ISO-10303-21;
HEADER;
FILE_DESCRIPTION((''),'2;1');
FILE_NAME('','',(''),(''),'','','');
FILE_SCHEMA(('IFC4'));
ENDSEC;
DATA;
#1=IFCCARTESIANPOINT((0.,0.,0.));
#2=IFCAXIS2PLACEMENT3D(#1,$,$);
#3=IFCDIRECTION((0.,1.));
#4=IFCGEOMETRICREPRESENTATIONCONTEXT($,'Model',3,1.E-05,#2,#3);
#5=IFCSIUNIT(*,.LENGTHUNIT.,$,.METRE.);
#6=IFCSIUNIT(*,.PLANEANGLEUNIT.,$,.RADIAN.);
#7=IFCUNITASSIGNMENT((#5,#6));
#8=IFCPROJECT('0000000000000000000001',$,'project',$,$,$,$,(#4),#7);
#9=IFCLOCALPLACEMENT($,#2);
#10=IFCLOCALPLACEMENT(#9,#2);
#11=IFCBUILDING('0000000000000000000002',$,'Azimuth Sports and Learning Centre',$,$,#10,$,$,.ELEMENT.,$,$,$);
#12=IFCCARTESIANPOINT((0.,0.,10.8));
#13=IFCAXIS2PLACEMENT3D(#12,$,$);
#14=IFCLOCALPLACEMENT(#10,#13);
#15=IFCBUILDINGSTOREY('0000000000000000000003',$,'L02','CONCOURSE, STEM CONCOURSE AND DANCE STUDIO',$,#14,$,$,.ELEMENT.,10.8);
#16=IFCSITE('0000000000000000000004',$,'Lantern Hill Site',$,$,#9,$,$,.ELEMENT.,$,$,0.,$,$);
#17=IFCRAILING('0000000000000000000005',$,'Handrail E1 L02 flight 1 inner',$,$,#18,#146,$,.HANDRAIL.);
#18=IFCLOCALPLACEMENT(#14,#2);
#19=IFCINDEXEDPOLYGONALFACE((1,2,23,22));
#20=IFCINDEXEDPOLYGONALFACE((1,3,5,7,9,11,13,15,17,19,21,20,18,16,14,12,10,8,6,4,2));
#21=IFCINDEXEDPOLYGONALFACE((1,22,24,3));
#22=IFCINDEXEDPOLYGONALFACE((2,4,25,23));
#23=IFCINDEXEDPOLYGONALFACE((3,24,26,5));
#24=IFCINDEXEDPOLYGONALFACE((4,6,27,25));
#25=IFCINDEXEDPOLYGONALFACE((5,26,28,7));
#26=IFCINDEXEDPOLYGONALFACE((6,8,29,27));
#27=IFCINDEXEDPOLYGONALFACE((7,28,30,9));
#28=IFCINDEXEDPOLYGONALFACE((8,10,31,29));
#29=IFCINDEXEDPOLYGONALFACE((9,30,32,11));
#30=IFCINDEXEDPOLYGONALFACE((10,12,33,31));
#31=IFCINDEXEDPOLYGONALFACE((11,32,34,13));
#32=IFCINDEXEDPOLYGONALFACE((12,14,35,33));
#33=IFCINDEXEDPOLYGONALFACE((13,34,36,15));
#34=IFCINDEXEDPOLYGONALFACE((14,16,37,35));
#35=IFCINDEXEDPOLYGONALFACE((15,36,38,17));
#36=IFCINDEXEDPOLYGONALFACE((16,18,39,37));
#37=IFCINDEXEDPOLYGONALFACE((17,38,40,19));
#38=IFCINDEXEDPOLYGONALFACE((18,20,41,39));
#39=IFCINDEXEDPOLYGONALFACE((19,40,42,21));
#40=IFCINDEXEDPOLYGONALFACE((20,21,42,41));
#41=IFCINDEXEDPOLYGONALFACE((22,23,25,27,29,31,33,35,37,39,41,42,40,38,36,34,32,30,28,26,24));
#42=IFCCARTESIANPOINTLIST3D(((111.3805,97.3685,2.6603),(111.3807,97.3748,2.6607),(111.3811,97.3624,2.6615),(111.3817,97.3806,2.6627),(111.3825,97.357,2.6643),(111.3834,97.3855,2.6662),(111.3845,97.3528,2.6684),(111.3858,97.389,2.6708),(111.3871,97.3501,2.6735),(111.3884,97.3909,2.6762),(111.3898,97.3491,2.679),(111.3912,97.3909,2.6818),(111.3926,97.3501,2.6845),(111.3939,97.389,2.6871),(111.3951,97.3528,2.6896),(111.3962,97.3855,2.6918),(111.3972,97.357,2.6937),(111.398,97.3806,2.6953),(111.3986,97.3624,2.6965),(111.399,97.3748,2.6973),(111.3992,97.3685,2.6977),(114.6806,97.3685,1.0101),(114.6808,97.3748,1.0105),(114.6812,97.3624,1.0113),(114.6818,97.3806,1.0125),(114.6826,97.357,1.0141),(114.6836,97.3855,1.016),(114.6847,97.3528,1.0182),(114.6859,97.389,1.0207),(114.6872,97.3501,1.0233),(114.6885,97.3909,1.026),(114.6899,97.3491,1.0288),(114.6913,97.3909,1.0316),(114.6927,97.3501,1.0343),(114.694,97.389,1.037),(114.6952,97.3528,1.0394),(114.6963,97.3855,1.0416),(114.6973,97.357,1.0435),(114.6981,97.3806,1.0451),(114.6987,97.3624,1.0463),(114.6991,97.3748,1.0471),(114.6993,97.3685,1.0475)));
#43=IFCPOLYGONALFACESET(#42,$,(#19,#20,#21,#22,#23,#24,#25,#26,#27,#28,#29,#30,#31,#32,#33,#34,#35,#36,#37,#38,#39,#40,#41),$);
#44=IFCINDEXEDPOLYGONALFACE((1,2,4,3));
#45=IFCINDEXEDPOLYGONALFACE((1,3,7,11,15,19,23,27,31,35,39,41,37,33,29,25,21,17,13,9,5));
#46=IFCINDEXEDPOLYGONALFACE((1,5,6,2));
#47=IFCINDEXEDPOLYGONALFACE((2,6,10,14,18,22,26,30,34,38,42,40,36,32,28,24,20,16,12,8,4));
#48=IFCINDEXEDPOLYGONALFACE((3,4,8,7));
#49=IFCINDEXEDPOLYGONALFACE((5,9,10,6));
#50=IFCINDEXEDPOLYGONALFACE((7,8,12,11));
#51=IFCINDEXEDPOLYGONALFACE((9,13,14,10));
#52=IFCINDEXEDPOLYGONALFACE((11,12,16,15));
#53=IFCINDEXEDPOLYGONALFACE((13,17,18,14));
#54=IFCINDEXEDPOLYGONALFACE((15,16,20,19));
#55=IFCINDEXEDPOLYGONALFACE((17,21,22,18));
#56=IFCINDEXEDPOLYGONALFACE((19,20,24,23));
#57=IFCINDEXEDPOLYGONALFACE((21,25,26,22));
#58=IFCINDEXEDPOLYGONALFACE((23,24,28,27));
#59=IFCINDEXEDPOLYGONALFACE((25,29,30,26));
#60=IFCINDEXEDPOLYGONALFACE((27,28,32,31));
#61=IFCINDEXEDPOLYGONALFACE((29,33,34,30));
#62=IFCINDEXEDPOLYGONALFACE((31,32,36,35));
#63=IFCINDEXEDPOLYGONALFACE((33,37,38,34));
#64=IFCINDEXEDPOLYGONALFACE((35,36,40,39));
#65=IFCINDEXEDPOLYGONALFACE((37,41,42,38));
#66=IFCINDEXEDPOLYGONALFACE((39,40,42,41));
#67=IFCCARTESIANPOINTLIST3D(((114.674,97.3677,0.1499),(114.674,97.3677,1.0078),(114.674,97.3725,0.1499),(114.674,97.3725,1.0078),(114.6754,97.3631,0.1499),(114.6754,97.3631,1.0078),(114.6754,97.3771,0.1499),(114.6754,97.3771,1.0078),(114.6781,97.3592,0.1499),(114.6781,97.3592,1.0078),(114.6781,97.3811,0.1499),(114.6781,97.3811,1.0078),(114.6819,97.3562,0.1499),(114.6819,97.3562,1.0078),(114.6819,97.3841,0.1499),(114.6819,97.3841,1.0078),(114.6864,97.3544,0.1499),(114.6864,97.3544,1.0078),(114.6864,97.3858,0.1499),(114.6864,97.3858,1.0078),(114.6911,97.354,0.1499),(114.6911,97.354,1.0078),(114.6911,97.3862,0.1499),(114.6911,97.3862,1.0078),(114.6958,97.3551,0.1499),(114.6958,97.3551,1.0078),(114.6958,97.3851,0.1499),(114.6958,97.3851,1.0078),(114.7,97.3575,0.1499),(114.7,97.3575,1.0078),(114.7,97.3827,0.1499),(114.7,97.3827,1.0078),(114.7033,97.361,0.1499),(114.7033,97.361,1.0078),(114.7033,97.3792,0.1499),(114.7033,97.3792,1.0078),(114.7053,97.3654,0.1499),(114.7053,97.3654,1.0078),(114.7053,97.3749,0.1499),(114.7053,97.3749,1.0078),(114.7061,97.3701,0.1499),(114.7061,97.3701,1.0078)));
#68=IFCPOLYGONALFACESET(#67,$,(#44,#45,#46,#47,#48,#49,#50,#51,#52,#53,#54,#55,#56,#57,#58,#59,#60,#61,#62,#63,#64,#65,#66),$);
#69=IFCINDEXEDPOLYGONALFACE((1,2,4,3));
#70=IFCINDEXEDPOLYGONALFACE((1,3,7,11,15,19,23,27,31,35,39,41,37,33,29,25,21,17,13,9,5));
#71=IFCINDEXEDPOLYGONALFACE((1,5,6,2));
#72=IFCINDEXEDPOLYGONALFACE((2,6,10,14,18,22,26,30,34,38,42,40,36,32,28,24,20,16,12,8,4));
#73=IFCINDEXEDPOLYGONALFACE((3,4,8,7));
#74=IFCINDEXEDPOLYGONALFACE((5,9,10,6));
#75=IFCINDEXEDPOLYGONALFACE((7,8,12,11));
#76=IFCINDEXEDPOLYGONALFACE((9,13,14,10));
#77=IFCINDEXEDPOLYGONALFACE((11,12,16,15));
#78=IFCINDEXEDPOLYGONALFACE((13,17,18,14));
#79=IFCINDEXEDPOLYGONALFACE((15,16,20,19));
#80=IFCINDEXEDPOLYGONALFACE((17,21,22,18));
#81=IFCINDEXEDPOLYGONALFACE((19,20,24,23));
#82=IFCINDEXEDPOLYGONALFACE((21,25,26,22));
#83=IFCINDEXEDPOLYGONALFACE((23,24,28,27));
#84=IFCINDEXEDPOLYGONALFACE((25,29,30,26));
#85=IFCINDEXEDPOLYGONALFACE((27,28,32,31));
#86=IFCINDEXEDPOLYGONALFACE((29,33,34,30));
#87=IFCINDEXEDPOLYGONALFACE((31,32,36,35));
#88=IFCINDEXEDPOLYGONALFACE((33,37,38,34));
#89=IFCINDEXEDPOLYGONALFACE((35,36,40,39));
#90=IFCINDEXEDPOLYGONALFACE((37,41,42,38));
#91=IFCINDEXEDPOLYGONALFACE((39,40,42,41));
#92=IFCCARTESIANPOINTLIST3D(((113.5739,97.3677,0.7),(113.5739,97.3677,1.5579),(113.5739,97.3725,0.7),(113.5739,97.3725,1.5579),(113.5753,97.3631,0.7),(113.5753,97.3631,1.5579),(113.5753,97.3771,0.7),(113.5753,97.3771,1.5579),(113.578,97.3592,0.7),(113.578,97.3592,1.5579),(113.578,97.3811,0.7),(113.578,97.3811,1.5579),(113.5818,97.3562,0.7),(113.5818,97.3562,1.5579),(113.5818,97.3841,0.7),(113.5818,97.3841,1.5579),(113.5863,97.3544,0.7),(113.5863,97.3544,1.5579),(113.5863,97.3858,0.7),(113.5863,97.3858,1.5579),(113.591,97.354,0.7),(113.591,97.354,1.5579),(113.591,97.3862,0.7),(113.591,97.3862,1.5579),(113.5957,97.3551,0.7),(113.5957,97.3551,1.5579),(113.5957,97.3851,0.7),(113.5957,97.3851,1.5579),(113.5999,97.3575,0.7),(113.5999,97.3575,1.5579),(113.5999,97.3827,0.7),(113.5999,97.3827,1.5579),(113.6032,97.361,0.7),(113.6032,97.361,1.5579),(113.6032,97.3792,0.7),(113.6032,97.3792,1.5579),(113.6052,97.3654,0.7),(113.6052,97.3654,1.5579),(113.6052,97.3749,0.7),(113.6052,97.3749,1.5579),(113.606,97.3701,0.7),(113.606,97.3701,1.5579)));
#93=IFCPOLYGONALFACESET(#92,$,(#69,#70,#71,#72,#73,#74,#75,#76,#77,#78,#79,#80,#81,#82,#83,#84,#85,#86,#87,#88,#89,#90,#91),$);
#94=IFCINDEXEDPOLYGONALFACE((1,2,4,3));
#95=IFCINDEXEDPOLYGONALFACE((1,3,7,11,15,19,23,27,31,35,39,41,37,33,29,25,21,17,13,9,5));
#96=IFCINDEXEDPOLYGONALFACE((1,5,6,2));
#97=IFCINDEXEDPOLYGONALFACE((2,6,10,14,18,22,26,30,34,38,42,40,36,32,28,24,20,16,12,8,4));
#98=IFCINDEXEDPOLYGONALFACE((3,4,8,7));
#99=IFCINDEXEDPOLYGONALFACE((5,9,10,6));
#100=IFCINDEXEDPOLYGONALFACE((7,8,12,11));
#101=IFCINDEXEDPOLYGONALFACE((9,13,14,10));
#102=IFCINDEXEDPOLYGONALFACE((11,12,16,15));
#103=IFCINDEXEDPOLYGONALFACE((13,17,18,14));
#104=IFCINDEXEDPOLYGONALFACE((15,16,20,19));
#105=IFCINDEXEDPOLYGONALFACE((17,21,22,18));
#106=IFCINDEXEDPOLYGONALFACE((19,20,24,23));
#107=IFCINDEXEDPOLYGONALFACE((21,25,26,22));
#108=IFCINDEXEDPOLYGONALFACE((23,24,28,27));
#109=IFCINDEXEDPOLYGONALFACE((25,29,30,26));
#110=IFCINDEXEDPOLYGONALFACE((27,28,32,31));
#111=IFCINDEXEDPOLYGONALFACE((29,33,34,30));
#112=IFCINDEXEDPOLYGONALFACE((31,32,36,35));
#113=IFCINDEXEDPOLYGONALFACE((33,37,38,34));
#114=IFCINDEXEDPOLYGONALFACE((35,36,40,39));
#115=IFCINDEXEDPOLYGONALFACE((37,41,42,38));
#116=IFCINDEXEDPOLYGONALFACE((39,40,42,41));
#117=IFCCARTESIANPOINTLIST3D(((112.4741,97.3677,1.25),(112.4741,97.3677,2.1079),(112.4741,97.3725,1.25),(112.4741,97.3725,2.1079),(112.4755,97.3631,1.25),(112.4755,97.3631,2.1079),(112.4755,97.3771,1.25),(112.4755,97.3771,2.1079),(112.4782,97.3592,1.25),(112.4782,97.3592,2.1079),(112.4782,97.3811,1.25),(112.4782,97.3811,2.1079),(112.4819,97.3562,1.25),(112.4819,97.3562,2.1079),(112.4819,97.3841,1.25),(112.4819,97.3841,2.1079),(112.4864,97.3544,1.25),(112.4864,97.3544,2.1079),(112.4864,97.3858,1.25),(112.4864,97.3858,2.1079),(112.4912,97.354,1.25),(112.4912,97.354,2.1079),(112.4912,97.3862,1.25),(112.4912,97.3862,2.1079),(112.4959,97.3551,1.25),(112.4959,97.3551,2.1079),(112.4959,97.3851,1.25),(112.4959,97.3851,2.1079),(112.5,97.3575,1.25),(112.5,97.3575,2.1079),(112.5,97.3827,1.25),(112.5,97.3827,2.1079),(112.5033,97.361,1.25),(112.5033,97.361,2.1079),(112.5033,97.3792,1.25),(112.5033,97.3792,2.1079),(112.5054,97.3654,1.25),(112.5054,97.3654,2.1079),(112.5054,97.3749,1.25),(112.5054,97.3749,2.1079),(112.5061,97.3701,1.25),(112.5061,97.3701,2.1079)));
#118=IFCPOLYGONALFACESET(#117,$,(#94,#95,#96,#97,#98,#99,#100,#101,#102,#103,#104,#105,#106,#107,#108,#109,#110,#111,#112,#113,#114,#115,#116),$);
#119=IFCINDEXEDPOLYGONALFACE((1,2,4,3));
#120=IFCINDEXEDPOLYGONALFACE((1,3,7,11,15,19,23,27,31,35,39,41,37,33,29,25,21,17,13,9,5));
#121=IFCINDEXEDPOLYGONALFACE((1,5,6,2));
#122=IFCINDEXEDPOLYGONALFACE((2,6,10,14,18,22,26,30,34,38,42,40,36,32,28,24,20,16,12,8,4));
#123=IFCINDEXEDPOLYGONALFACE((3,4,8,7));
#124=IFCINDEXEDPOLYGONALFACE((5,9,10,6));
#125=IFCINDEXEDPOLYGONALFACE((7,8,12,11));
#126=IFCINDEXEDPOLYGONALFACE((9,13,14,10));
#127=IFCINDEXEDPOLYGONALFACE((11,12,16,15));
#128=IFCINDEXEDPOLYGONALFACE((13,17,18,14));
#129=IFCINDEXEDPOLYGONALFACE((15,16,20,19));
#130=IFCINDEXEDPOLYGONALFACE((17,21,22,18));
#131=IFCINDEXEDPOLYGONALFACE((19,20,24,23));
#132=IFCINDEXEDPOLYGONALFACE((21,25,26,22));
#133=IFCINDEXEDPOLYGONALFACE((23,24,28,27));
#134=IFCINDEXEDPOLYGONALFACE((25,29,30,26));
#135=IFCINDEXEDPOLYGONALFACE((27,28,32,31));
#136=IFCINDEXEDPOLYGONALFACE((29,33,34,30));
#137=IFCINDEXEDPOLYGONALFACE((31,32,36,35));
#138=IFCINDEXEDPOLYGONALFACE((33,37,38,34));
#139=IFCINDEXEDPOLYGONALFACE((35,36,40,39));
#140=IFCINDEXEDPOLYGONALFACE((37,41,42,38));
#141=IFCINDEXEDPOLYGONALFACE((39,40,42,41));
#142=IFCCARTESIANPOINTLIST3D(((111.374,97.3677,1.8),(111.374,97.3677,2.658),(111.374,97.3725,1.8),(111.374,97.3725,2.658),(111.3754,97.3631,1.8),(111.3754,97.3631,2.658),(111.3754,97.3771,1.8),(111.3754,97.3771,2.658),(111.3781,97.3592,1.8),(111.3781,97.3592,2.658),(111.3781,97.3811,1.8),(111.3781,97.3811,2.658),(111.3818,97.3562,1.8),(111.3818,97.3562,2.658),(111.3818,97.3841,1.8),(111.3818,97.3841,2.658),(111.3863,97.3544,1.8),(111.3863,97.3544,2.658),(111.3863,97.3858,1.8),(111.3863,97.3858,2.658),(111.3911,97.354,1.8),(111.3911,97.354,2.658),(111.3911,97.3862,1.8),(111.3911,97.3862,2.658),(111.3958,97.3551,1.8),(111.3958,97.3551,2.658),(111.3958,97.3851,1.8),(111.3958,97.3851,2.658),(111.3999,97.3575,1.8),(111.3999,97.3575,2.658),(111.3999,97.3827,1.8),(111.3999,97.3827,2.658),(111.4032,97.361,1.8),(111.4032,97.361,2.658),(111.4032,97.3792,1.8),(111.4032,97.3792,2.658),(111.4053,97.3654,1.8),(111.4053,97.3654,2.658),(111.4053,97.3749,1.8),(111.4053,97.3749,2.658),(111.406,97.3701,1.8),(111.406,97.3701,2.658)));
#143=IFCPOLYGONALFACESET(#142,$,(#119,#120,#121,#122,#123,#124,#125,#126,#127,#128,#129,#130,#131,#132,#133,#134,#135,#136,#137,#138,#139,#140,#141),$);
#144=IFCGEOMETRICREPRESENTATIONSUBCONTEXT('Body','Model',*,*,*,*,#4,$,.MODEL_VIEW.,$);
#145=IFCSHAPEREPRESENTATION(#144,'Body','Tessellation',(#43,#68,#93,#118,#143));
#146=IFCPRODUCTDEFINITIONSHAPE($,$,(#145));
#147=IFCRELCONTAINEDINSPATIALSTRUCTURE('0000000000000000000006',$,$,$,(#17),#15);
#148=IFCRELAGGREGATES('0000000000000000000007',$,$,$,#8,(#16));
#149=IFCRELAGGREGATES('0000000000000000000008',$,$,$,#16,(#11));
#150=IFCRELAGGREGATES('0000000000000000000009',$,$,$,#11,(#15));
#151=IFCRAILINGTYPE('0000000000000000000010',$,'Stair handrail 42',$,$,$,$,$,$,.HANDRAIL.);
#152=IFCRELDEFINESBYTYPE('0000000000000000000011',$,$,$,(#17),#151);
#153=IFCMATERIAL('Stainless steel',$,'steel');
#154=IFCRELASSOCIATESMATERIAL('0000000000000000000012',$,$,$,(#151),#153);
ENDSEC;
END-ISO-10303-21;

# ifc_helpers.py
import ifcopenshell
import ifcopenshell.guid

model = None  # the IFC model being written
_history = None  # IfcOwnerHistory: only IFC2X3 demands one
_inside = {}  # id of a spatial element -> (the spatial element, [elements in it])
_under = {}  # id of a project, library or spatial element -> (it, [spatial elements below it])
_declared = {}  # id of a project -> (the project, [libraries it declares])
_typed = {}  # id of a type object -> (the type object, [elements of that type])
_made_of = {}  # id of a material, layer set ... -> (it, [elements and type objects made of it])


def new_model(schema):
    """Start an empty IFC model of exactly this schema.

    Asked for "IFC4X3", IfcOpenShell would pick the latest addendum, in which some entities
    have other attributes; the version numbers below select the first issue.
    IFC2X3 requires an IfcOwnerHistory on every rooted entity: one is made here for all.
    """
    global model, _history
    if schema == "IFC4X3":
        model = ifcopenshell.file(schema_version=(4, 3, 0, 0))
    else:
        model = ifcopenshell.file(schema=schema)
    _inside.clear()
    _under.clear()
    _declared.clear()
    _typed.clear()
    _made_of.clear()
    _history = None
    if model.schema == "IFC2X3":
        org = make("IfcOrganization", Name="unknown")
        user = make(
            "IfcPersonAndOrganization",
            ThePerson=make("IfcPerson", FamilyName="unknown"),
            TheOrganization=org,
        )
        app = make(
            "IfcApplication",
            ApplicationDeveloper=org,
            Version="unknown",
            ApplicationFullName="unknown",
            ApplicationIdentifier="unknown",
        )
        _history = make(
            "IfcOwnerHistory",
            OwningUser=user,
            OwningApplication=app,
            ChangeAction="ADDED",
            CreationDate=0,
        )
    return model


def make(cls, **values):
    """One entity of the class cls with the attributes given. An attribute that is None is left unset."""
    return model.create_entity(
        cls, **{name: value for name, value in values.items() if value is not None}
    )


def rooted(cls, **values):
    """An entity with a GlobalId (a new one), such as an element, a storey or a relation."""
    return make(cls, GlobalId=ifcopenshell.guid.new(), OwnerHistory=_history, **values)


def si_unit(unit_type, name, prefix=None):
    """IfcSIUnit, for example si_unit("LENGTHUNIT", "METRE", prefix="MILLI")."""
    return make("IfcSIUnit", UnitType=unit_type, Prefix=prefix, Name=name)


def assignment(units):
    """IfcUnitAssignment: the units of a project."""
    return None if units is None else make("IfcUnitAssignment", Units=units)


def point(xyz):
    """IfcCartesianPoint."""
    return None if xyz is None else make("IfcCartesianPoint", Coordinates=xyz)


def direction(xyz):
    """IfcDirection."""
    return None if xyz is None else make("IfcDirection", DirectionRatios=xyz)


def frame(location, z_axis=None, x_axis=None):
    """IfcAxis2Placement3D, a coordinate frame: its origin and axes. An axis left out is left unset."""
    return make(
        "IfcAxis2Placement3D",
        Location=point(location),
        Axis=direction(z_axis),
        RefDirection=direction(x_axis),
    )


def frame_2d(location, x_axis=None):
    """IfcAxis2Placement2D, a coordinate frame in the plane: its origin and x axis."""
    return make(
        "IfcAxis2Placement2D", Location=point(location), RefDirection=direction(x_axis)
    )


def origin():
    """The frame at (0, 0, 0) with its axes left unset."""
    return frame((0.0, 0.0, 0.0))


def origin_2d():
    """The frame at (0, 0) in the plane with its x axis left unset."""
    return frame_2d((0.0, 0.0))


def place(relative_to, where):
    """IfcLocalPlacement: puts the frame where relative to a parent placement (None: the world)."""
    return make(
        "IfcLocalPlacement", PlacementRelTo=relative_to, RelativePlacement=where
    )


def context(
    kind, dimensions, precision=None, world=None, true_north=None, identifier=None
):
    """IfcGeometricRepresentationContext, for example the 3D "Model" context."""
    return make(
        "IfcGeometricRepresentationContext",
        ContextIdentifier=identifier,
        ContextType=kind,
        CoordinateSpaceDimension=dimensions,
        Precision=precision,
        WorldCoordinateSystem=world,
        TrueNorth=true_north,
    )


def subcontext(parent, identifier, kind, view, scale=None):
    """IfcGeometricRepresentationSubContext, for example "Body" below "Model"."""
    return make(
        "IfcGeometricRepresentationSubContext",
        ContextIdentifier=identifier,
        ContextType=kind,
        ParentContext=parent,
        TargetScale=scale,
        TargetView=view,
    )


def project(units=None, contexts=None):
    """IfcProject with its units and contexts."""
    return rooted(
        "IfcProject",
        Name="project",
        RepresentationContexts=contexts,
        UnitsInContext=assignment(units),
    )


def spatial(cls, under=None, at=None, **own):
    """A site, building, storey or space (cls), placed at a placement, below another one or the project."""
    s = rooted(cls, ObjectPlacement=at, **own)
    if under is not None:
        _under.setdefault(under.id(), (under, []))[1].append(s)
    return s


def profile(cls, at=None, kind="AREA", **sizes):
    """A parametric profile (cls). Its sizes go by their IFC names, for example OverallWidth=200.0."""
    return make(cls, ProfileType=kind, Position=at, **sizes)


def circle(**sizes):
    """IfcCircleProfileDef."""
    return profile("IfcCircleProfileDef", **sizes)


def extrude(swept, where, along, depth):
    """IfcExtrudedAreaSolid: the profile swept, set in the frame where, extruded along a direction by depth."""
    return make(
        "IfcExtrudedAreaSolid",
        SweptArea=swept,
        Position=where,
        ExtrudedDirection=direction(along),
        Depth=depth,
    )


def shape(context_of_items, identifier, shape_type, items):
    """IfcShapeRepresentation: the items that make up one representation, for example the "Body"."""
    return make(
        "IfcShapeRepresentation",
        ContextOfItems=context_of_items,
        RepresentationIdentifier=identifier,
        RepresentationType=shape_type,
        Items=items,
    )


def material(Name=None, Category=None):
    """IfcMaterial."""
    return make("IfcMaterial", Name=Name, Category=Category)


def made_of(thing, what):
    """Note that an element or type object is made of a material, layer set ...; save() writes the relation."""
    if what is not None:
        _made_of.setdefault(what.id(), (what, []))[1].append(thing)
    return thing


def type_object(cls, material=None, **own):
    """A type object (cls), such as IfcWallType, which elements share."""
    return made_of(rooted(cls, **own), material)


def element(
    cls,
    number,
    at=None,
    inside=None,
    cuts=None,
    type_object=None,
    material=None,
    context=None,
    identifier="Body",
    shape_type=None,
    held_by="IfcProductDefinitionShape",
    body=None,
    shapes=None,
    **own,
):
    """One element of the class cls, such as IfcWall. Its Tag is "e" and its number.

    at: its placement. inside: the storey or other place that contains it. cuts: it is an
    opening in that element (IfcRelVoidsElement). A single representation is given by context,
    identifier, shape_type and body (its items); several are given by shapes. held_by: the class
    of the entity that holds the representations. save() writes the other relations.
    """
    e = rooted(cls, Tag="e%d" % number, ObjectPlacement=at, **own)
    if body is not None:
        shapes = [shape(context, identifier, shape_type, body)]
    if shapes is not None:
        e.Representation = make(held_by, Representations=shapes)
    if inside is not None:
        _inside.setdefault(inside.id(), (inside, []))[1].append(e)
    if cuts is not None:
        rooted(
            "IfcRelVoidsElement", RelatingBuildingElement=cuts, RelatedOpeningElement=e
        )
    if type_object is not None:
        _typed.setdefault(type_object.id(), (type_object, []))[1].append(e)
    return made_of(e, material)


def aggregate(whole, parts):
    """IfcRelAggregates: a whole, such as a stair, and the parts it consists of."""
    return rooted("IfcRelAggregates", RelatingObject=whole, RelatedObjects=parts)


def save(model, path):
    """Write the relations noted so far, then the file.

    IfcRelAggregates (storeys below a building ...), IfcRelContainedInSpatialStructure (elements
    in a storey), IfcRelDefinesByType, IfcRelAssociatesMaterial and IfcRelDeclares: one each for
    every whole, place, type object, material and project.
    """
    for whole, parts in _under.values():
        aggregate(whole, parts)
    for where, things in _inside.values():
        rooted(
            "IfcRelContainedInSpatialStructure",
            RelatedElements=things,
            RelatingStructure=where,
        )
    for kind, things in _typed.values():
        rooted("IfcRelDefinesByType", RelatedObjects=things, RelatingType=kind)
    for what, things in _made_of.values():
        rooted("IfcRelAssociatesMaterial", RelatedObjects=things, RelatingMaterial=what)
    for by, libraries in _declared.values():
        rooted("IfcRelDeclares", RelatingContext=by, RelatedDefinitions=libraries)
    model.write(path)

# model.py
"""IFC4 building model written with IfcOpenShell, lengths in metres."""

from ifc_helpers import new_model, si_unit, direction, frame, origin, origin_2d, place, context, subcontext, project, spatial, circle, extrude, material, type_object, element, save


model = new_model("IFC4")

# Units and contexts
model_context = context("Model", 3, precision=1e-05, world=origin(), true_north=direction((0.0, 1.0)))
body_context = subcontext(model_context, "Body", "Model", "MODEL_VIEW")
ifc_project = project(units=[si_unit("LENGTHUNIT", "METRE"), si_unit("PLANEANGLEUNIT", "RADIAN")], contexts=[model_context])

# Site, building, storey
site_placement = place(None, origin())
site = spatial("IfcSite", under=ifc_project, at=site_placement, Name="Lantern Hill Site", CompositionType="ELEMENT", RefElevation=0.0)
building_placement = place(site_placement, origin())
building = spatial("IfcBuilding", under=site, at=building_placement, Name="Azimuth Sports and Learning Centre", CompositionType="ELEMENT")
storey_placement = place(building_placement, frame((0.0, 0.0, 10.8)))
storey = spatial("IfcBuildingStorey", under=building, at=storey_placement, Name="L02", Description="CONCOURSE, STEM CONCOURSE AND DANCE STUDIO", CompositionType="ELEMENT", Elevation=10.8)

# Railing
ifc_material_1 = material(Name="Stainless steel", Category="steel")
railing_type_1 = type_object("IfcRailingType", Name="Stair handrail 42", PredefinedType="HANDRAIL", material=ifc_material_1)
for number, where, name in (
    (1, (114.6899, 97.3701, 0.1499), "Handrail E1 L02 flight 1 inner"),
):
    element("IfcRailing", number, at=place(storey_placement, frame(where)), inside=storey, type_object=railing_type_1, Name=name, PredefinedType="HANDRAIL", context=body_context, shape_type="SweptSolid", body=[
        extrude(circle(Radius=0.021, at=origin_2d()), frame((0.0, 0.0, 0.8789), z_axis=(-0.894414, 0.0, 0.44724), x_axis=(0.0, -1.0, 0.0)), (0.0, 0.0, 1.0), 3.6897),
        extrude(circle(Radius=0.0161, at=origin_2d()), origin(), (0.0, 0.0, 1.0), 0.8579),
        extrude(circle(Radius=0.0161, at=origin_2d()), frame((-1.1001, 0.0, 0.55)), (0.0, 0.0, 1.0), 0.8579),
        extrude(circle(Radius=0.0161, at=origin_2d()), frame((-2.2, 0.0, 1.1001)), (0.0, 0.0, 1.0), 0.8579),
        extrude(circle(Radius=0.0161, at=origin_2d()), frame((-3.3, 0.0, 1.6501)), (0.0, 0.0, 1.0), 0.8579),
    ])

save(model, "model.ifc")
